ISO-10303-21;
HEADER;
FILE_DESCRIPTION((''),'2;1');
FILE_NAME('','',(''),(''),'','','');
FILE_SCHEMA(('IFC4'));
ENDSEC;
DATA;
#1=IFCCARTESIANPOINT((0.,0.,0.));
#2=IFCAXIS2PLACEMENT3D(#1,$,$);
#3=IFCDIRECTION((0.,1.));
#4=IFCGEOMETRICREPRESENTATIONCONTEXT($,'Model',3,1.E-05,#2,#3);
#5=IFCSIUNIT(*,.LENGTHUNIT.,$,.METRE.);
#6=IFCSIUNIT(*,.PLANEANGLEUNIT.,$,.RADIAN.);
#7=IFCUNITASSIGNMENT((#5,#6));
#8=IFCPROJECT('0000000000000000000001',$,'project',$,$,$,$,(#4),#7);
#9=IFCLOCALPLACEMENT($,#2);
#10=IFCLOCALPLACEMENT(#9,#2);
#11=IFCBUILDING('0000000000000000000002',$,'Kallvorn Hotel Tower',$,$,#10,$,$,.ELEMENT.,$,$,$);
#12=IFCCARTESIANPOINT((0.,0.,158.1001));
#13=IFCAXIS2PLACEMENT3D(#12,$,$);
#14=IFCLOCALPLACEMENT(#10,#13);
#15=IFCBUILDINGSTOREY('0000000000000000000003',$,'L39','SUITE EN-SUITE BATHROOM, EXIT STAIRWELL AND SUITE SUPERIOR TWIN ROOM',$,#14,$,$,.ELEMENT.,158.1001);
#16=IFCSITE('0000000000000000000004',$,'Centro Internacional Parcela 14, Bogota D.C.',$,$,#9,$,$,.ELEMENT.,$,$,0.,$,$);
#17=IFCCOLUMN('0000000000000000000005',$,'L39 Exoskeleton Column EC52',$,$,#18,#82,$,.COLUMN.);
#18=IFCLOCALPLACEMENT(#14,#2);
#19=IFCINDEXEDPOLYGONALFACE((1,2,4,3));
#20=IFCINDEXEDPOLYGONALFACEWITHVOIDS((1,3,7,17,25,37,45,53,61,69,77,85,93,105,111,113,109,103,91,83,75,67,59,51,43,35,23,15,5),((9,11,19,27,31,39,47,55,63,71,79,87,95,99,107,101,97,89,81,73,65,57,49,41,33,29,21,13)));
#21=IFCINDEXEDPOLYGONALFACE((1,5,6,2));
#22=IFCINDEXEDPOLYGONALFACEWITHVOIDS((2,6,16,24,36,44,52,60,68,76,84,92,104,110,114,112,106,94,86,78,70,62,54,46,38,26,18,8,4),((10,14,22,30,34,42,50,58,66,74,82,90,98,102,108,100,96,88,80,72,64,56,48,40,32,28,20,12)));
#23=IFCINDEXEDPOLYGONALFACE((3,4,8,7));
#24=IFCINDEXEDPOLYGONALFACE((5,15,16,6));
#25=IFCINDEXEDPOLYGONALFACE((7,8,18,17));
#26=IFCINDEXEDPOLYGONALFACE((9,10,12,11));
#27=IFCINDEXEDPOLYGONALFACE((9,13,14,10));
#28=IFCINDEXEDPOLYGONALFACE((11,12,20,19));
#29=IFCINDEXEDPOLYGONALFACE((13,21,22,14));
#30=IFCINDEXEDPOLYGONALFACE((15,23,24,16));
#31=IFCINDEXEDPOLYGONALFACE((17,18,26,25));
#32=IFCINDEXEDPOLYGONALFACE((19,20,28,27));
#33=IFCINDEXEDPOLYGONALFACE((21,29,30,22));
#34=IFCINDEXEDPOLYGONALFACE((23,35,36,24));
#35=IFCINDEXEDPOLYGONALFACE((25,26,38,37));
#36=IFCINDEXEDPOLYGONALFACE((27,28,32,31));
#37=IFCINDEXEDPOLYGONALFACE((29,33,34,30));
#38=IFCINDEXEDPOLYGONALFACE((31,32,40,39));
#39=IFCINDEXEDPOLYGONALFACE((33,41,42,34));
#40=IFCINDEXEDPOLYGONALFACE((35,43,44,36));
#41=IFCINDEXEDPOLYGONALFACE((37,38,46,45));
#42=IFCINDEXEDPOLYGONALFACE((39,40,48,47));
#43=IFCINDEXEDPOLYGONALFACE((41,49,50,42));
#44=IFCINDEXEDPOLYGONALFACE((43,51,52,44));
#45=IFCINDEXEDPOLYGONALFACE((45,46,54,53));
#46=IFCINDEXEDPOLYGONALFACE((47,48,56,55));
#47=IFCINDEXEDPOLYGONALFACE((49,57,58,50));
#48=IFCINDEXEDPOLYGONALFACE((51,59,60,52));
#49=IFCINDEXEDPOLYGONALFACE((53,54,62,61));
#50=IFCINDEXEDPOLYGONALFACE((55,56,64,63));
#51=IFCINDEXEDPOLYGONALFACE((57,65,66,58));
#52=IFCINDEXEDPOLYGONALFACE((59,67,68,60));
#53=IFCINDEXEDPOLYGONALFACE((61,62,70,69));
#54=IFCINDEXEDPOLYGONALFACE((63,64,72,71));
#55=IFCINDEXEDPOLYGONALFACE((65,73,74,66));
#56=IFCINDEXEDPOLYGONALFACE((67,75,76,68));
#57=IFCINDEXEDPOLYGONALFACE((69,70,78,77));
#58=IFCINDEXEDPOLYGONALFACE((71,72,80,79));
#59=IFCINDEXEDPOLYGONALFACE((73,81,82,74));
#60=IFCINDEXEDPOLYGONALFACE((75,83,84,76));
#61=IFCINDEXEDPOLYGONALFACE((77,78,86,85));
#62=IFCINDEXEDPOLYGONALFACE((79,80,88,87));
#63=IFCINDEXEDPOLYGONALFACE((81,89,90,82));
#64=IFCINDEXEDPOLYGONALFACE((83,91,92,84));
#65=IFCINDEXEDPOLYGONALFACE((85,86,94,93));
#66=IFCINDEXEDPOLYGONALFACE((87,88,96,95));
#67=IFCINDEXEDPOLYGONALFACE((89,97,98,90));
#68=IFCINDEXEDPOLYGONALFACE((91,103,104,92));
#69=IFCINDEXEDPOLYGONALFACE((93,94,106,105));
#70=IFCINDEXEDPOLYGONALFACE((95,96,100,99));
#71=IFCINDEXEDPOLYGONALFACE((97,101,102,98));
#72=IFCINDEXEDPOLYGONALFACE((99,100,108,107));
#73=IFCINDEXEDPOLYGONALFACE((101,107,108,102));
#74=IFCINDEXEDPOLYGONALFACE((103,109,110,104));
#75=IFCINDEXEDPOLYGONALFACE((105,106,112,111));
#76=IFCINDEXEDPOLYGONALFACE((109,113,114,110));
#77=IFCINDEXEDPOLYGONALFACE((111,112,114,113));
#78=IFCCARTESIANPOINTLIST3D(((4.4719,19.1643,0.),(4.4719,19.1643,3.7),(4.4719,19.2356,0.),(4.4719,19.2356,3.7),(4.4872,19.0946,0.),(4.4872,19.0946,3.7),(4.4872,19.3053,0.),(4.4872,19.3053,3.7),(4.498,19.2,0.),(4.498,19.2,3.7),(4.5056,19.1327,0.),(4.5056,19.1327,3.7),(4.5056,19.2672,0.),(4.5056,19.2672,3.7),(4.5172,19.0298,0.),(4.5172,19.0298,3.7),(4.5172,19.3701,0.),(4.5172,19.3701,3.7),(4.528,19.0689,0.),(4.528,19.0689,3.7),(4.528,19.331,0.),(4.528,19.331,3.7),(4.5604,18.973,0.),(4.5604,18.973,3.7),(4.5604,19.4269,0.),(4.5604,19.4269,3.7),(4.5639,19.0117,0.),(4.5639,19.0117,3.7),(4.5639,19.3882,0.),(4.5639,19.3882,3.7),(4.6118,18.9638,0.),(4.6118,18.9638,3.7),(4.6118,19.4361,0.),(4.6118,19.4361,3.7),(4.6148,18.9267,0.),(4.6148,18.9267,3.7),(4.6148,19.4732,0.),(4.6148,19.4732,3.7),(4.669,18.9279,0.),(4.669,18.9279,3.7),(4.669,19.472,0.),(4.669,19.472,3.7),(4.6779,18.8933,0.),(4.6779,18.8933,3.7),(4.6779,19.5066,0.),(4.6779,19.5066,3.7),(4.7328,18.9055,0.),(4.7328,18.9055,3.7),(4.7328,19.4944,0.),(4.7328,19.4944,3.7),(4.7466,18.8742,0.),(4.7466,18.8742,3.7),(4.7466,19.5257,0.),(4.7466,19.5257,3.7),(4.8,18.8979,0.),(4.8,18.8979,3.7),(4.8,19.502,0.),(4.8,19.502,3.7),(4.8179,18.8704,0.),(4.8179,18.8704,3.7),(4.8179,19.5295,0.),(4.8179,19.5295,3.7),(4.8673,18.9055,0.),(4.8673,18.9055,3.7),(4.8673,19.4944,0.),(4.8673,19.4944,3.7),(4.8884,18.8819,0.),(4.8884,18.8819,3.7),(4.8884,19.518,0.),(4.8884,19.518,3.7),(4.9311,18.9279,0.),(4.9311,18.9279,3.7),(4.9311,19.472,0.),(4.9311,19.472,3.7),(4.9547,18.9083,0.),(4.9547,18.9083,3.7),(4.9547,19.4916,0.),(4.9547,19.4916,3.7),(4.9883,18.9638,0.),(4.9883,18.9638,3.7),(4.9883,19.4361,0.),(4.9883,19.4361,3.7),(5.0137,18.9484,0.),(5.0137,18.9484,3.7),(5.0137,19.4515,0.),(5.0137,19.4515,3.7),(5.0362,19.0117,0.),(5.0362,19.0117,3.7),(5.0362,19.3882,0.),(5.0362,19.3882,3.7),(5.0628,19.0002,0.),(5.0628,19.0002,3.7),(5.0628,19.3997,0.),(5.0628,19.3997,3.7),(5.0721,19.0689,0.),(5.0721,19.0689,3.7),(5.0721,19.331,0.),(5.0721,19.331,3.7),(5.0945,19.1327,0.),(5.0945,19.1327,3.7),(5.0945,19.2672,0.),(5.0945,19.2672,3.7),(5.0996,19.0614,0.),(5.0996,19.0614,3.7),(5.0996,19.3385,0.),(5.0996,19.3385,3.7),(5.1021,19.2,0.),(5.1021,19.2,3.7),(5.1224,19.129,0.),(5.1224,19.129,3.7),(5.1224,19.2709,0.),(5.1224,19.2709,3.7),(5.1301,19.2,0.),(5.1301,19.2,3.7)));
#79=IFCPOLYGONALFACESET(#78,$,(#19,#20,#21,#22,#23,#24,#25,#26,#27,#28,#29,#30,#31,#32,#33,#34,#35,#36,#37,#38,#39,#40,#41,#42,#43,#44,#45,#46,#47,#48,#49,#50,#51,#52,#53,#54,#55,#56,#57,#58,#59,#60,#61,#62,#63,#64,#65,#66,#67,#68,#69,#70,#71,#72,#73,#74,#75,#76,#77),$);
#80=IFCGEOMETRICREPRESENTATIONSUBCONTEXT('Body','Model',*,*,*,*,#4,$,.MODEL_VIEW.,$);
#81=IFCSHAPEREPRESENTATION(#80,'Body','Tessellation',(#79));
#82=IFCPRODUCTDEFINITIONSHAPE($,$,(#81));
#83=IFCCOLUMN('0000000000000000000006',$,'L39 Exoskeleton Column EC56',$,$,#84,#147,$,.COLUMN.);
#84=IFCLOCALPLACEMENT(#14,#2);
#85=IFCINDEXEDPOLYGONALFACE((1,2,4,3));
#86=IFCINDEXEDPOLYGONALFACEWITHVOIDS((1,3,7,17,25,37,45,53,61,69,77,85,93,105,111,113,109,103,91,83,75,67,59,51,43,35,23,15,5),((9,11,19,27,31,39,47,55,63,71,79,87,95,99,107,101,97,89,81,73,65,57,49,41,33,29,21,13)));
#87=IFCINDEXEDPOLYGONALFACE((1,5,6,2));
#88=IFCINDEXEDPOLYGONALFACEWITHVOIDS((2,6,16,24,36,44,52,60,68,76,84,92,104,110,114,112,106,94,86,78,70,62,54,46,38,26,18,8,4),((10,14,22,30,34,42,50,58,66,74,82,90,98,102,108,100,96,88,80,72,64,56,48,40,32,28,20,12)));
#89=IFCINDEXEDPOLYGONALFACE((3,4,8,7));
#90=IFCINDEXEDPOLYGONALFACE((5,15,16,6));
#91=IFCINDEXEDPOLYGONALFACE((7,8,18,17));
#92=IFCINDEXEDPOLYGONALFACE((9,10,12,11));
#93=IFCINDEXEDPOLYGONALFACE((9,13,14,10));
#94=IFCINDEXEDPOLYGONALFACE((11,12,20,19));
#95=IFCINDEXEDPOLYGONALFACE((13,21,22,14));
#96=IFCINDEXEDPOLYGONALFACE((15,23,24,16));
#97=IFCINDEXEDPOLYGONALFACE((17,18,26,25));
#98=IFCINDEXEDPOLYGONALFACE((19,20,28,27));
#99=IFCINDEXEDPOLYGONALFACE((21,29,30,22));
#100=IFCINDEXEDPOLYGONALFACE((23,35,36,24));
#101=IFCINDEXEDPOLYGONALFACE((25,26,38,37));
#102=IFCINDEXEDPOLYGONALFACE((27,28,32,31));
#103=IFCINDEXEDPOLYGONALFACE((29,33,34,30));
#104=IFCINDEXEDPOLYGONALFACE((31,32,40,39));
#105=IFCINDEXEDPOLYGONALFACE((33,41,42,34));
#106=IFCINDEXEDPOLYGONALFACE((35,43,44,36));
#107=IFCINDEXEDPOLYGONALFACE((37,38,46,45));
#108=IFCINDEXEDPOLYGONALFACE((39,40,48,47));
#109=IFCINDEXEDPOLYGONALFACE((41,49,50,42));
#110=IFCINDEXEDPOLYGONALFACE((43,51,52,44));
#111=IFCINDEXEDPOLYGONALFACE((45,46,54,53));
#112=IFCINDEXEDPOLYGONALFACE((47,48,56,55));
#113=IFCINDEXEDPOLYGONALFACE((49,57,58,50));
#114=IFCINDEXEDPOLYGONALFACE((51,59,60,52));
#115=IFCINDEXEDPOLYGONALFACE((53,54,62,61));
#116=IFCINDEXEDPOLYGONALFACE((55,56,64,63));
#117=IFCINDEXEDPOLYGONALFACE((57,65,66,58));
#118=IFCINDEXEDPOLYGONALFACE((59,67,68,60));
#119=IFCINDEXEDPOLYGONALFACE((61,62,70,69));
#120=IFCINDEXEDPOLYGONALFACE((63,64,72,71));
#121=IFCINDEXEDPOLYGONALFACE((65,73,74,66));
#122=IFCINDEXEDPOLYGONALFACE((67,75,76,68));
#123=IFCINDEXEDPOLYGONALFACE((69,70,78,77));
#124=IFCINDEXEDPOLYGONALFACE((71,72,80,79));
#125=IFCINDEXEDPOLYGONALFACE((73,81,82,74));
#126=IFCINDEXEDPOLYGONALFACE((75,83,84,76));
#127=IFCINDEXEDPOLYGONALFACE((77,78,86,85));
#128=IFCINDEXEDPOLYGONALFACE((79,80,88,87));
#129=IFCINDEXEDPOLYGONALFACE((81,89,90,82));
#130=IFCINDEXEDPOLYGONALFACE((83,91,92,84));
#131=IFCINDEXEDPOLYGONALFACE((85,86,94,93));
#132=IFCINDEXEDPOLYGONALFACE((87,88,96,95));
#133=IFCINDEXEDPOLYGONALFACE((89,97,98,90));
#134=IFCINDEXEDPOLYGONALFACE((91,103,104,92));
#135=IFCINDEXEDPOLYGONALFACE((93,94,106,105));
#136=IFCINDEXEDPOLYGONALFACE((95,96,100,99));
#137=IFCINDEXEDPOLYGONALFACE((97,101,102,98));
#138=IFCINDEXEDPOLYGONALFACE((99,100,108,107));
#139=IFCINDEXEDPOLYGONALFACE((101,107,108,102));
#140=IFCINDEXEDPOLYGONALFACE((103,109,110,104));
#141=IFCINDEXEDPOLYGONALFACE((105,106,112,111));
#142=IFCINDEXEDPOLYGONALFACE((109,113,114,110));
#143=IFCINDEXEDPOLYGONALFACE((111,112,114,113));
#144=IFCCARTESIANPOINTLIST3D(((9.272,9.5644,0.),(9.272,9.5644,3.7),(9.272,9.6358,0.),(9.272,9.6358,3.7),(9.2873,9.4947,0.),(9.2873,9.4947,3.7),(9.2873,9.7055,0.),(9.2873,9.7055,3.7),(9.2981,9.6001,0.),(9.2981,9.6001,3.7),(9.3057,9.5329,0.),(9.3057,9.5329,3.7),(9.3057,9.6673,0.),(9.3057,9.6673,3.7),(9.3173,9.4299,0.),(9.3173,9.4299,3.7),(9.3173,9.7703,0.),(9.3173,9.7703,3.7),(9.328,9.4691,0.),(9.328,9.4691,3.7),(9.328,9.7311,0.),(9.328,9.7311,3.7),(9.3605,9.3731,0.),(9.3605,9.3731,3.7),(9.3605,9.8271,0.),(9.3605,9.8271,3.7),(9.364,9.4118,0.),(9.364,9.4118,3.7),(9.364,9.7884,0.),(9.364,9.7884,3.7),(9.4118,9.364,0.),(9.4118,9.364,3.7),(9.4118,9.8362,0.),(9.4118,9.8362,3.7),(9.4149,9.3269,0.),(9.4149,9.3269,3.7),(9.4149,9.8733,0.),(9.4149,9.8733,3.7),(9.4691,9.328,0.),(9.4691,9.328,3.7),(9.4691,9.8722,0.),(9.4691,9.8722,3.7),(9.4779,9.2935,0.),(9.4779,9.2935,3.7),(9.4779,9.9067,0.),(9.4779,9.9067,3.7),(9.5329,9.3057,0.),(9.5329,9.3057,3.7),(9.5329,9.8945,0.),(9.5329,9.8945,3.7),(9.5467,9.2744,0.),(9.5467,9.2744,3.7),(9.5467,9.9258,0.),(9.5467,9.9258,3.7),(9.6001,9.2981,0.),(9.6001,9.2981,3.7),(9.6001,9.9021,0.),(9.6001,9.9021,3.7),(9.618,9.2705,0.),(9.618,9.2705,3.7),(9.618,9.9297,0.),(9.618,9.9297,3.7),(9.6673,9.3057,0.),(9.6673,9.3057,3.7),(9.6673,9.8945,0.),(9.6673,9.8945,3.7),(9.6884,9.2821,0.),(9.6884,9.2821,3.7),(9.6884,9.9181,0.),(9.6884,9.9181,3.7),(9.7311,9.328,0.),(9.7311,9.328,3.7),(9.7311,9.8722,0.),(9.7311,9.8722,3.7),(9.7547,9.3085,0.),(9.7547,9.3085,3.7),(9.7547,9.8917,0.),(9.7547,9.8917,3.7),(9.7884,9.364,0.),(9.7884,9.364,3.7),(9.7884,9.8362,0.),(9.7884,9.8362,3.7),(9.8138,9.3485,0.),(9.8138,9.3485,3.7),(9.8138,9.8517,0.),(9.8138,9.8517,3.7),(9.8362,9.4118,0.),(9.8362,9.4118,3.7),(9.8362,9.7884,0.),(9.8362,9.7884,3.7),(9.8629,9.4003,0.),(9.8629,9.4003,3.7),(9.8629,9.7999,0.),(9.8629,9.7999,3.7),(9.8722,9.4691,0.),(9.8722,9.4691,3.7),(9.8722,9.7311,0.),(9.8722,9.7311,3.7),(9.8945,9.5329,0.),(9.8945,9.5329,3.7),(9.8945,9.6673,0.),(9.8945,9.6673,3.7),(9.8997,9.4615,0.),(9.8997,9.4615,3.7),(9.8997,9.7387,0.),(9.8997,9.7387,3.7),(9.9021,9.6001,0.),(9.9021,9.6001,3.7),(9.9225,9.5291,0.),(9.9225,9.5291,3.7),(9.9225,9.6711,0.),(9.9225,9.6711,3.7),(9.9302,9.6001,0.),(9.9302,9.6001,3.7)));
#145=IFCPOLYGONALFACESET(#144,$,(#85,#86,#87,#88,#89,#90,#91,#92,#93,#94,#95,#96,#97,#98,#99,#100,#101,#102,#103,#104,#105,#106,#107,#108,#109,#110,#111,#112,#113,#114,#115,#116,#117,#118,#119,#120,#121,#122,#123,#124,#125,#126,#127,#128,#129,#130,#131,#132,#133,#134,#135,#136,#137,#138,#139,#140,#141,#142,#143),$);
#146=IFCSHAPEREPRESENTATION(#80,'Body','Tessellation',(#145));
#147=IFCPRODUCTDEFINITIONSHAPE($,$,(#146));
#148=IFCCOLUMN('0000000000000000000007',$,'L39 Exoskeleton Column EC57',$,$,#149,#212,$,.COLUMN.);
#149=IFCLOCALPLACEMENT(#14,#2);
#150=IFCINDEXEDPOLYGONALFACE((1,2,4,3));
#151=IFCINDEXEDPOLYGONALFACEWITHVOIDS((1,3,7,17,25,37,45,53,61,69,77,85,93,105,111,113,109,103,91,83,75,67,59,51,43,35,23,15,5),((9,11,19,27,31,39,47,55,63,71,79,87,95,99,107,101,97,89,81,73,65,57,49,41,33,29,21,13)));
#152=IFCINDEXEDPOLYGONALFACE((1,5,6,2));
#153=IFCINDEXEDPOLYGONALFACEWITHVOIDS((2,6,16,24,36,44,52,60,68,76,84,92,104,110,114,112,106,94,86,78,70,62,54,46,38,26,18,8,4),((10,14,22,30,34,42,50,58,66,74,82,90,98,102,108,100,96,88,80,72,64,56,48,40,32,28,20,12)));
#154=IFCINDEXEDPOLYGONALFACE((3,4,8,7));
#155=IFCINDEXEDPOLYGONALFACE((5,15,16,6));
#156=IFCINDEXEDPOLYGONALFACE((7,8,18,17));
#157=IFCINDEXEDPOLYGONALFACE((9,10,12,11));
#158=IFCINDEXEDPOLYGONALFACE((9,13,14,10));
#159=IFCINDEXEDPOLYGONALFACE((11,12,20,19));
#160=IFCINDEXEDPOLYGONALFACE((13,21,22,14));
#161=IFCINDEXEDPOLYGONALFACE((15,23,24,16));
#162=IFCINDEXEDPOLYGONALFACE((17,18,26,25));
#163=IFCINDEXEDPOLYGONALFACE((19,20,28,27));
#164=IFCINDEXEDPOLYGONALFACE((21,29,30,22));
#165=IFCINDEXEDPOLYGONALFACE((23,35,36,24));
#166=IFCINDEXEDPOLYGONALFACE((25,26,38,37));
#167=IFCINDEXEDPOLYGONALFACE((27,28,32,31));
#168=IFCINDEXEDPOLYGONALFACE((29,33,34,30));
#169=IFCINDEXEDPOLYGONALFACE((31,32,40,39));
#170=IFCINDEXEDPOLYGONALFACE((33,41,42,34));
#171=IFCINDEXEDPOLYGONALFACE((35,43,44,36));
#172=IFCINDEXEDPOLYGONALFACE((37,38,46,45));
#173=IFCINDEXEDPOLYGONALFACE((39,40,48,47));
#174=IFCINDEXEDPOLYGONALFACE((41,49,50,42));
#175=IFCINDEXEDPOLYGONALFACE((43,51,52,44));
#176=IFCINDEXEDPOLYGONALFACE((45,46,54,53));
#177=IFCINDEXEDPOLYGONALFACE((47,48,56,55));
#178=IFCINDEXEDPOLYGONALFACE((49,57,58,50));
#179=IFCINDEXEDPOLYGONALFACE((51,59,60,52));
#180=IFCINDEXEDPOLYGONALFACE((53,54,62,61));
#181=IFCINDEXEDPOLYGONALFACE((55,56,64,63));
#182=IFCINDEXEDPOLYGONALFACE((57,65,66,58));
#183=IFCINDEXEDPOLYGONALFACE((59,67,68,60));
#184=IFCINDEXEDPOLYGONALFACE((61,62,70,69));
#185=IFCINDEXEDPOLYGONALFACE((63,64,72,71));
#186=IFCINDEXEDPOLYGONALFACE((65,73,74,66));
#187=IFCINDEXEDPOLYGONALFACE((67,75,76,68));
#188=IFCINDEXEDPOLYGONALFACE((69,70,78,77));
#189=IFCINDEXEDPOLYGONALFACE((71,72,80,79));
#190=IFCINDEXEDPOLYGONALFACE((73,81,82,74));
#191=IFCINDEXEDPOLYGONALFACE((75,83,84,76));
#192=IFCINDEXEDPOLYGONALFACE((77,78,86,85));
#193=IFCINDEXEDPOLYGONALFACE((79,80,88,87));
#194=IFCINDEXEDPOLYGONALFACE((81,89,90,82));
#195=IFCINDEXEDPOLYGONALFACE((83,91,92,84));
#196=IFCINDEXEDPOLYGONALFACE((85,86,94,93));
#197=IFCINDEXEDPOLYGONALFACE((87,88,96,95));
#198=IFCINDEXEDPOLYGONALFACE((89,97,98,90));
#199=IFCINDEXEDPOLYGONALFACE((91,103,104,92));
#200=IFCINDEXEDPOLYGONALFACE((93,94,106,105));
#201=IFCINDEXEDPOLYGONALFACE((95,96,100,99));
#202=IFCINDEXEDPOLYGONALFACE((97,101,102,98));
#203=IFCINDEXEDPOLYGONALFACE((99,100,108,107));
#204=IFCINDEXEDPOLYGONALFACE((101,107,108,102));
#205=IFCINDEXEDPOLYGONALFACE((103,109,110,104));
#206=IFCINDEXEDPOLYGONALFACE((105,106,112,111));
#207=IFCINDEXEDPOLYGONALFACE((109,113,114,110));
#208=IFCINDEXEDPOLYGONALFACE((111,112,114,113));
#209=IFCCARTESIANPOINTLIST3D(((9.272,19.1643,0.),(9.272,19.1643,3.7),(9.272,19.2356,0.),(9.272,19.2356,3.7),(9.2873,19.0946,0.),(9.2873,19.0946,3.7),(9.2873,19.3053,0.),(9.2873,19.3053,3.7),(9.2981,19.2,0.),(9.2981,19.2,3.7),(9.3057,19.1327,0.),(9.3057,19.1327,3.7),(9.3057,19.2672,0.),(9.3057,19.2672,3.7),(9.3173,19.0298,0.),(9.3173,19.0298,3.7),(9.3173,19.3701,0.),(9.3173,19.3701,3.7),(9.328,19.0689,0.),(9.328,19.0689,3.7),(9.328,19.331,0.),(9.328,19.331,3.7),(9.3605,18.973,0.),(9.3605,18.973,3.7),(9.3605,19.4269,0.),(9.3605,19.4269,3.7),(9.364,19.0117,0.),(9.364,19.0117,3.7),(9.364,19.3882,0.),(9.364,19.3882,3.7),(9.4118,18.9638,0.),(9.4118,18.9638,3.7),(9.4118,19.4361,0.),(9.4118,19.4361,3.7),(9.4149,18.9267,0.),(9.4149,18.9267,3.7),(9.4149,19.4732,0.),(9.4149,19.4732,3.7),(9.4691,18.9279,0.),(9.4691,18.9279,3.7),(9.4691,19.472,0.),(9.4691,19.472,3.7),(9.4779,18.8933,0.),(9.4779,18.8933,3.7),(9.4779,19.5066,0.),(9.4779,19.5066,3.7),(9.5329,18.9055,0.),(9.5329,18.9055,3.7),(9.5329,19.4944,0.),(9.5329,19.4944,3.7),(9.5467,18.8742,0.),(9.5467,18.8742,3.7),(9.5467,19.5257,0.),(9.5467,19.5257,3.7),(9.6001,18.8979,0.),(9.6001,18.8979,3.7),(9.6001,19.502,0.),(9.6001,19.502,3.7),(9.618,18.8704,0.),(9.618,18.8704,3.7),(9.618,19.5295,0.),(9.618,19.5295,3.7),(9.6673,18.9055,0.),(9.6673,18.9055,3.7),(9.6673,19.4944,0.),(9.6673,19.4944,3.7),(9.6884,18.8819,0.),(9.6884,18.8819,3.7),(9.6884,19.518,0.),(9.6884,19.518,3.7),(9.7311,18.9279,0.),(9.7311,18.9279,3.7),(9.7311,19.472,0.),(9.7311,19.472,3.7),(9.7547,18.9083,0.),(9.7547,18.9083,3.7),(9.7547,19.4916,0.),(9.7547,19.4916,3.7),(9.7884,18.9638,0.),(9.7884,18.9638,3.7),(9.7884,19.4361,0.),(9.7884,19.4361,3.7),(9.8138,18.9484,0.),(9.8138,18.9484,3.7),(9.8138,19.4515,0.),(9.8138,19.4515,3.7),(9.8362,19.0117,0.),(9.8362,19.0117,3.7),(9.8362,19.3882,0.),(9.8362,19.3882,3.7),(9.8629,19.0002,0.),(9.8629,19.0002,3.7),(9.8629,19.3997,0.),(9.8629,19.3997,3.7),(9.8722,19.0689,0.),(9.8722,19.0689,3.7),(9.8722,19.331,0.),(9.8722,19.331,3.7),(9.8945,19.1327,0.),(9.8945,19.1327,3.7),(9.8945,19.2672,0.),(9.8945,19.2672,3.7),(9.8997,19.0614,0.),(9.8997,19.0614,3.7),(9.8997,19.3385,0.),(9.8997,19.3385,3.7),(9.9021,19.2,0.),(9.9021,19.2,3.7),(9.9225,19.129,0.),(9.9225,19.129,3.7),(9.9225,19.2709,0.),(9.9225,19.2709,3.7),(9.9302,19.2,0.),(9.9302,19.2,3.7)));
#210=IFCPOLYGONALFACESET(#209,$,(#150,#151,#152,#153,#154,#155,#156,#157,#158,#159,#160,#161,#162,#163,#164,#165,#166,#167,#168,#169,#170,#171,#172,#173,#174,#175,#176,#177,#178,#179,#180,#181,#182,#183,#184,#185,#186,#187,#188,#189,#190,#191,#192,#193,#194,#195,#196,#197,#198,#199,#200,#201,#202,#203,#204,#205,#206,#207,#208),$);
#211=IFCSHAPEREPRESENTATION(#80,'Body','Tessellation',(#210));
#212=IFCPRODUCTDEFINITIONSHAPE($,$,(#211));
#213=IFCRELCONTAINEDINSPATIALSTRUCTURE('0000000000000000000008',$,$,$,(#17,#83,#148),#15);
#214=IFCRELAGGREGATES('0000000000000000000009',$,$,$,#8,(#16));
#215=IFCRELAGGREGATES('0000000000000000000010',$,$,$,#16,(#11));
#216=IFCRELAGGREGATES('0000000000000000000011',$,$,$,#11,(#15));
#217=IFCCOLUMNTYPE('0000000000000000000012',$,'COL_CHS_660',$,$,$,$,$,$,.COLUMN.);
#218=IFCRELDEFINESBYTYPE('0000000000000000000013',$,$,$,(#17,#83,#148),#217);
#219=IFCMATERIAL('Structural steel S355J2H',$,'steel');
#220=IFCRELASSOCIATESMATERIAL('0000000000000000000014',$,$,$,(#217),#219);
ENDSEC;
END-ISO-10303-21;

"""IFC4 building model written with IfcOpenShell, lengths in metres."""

from ifc_helpers import new_model, si_unit, direction, frame, origin, origin_2d, place, context, subcontext, project, spatial, hollow_circle, extrude, material, material_profile, profile_set, type_object, element, save


model = new_model("IFC4")

# Units and contexts
model_context = context("Model", 3, precision=1e-05, world=origin(), true_north=direction((0.0, 1.0)))
body_context = subcontext(model_context, "Body", "Model", "MODEL_VIEW")
ifc_project = project(units=[si_unit("LENGTHUNIT", "METRE"), si_unit("PLANEANGLEUNIT", "RADIAN")], contexts=[model_context])

# Site, building, storey
site_placement = place(None, origin())
site = spatial("IfcSite", under=ifc_project, at=site_placement, Name="Centro Internacional Parcela 14, Bogota D.C.", CompositionType="ELEMENT", RefElevation=0.0)
building_placement = place(site_placement, origin())
building = spatial("IfcBuilding", under=site, at=building_placement, Name="Kallvorn Hotel Tower", CompositionType="ELEMENT")
storey_placement = place(building_placement, frame((0.0, 0.0, 158.1001)))
storey = spatial("IfcBuildingStorey", under=building, at=storey_placement, Name="L39", Description="SUITE EN-SUITE BATHROOM, EXIT STAIRWELL AND SUITE SUPERIOR TWIN ROOM", CompositionType="ELEMENT", Elevation=158.1001)

# Columns
ifc_material_1 = material(Name="Structural steel S355J2H", Category="steel")
ifc_material_profile_1 = material_profile(ifc_material_1, hollow_circle(Radius=0.3301, WallThickness=0.0281, at=origin_2d()), Name="CHS 660x28")
ifc_profile_set_1 = profile_set([ifc_material_profile_1], Name="Structural steel S355J2H")
column_type_1 = type_object("IfcColumnType", Name="COL_CHS_660", PredefinedType="COLUMN", material=ifc_profile_set_1)
for number, where, z_axis, x_axis, name in (
    (1, (4.8, 19.2, 0.0), (0.0, 0.0, 1.0), (1.0, 0.0, 0.0), "L39 Exoskeleton Column EC52"),
    (2, (9.6001, 9.6001, 0.0), (0.0, 0.0, 1.0), (1.0, 0.0, 0.0), "L39 Exoskeleton Column EC56"),
    (3, (9.6001, 19.2, 0.0), (0.0, 0.0, 1.0), (1.0, 0.0, 0.0), "L39 Exoskeleton Column EC57"),
):
    element("IfcColumn", number, at=place(storey_placement, frame(where, z_axis=z_axis, x_axis=x_axis)), inside=storey, type_object=column_type_1, Name=name, PredefinedType="COLUMN", context=body_context, shape_type="SweptSolid", body=[
        extrude(hollow_circle(Radius=0.3301, WallThickness=0.0281, at=origin_2d()), origin(), (0.0, 0.0, 1.0), 3.7),
    ])

save(model, "model.ifc")
